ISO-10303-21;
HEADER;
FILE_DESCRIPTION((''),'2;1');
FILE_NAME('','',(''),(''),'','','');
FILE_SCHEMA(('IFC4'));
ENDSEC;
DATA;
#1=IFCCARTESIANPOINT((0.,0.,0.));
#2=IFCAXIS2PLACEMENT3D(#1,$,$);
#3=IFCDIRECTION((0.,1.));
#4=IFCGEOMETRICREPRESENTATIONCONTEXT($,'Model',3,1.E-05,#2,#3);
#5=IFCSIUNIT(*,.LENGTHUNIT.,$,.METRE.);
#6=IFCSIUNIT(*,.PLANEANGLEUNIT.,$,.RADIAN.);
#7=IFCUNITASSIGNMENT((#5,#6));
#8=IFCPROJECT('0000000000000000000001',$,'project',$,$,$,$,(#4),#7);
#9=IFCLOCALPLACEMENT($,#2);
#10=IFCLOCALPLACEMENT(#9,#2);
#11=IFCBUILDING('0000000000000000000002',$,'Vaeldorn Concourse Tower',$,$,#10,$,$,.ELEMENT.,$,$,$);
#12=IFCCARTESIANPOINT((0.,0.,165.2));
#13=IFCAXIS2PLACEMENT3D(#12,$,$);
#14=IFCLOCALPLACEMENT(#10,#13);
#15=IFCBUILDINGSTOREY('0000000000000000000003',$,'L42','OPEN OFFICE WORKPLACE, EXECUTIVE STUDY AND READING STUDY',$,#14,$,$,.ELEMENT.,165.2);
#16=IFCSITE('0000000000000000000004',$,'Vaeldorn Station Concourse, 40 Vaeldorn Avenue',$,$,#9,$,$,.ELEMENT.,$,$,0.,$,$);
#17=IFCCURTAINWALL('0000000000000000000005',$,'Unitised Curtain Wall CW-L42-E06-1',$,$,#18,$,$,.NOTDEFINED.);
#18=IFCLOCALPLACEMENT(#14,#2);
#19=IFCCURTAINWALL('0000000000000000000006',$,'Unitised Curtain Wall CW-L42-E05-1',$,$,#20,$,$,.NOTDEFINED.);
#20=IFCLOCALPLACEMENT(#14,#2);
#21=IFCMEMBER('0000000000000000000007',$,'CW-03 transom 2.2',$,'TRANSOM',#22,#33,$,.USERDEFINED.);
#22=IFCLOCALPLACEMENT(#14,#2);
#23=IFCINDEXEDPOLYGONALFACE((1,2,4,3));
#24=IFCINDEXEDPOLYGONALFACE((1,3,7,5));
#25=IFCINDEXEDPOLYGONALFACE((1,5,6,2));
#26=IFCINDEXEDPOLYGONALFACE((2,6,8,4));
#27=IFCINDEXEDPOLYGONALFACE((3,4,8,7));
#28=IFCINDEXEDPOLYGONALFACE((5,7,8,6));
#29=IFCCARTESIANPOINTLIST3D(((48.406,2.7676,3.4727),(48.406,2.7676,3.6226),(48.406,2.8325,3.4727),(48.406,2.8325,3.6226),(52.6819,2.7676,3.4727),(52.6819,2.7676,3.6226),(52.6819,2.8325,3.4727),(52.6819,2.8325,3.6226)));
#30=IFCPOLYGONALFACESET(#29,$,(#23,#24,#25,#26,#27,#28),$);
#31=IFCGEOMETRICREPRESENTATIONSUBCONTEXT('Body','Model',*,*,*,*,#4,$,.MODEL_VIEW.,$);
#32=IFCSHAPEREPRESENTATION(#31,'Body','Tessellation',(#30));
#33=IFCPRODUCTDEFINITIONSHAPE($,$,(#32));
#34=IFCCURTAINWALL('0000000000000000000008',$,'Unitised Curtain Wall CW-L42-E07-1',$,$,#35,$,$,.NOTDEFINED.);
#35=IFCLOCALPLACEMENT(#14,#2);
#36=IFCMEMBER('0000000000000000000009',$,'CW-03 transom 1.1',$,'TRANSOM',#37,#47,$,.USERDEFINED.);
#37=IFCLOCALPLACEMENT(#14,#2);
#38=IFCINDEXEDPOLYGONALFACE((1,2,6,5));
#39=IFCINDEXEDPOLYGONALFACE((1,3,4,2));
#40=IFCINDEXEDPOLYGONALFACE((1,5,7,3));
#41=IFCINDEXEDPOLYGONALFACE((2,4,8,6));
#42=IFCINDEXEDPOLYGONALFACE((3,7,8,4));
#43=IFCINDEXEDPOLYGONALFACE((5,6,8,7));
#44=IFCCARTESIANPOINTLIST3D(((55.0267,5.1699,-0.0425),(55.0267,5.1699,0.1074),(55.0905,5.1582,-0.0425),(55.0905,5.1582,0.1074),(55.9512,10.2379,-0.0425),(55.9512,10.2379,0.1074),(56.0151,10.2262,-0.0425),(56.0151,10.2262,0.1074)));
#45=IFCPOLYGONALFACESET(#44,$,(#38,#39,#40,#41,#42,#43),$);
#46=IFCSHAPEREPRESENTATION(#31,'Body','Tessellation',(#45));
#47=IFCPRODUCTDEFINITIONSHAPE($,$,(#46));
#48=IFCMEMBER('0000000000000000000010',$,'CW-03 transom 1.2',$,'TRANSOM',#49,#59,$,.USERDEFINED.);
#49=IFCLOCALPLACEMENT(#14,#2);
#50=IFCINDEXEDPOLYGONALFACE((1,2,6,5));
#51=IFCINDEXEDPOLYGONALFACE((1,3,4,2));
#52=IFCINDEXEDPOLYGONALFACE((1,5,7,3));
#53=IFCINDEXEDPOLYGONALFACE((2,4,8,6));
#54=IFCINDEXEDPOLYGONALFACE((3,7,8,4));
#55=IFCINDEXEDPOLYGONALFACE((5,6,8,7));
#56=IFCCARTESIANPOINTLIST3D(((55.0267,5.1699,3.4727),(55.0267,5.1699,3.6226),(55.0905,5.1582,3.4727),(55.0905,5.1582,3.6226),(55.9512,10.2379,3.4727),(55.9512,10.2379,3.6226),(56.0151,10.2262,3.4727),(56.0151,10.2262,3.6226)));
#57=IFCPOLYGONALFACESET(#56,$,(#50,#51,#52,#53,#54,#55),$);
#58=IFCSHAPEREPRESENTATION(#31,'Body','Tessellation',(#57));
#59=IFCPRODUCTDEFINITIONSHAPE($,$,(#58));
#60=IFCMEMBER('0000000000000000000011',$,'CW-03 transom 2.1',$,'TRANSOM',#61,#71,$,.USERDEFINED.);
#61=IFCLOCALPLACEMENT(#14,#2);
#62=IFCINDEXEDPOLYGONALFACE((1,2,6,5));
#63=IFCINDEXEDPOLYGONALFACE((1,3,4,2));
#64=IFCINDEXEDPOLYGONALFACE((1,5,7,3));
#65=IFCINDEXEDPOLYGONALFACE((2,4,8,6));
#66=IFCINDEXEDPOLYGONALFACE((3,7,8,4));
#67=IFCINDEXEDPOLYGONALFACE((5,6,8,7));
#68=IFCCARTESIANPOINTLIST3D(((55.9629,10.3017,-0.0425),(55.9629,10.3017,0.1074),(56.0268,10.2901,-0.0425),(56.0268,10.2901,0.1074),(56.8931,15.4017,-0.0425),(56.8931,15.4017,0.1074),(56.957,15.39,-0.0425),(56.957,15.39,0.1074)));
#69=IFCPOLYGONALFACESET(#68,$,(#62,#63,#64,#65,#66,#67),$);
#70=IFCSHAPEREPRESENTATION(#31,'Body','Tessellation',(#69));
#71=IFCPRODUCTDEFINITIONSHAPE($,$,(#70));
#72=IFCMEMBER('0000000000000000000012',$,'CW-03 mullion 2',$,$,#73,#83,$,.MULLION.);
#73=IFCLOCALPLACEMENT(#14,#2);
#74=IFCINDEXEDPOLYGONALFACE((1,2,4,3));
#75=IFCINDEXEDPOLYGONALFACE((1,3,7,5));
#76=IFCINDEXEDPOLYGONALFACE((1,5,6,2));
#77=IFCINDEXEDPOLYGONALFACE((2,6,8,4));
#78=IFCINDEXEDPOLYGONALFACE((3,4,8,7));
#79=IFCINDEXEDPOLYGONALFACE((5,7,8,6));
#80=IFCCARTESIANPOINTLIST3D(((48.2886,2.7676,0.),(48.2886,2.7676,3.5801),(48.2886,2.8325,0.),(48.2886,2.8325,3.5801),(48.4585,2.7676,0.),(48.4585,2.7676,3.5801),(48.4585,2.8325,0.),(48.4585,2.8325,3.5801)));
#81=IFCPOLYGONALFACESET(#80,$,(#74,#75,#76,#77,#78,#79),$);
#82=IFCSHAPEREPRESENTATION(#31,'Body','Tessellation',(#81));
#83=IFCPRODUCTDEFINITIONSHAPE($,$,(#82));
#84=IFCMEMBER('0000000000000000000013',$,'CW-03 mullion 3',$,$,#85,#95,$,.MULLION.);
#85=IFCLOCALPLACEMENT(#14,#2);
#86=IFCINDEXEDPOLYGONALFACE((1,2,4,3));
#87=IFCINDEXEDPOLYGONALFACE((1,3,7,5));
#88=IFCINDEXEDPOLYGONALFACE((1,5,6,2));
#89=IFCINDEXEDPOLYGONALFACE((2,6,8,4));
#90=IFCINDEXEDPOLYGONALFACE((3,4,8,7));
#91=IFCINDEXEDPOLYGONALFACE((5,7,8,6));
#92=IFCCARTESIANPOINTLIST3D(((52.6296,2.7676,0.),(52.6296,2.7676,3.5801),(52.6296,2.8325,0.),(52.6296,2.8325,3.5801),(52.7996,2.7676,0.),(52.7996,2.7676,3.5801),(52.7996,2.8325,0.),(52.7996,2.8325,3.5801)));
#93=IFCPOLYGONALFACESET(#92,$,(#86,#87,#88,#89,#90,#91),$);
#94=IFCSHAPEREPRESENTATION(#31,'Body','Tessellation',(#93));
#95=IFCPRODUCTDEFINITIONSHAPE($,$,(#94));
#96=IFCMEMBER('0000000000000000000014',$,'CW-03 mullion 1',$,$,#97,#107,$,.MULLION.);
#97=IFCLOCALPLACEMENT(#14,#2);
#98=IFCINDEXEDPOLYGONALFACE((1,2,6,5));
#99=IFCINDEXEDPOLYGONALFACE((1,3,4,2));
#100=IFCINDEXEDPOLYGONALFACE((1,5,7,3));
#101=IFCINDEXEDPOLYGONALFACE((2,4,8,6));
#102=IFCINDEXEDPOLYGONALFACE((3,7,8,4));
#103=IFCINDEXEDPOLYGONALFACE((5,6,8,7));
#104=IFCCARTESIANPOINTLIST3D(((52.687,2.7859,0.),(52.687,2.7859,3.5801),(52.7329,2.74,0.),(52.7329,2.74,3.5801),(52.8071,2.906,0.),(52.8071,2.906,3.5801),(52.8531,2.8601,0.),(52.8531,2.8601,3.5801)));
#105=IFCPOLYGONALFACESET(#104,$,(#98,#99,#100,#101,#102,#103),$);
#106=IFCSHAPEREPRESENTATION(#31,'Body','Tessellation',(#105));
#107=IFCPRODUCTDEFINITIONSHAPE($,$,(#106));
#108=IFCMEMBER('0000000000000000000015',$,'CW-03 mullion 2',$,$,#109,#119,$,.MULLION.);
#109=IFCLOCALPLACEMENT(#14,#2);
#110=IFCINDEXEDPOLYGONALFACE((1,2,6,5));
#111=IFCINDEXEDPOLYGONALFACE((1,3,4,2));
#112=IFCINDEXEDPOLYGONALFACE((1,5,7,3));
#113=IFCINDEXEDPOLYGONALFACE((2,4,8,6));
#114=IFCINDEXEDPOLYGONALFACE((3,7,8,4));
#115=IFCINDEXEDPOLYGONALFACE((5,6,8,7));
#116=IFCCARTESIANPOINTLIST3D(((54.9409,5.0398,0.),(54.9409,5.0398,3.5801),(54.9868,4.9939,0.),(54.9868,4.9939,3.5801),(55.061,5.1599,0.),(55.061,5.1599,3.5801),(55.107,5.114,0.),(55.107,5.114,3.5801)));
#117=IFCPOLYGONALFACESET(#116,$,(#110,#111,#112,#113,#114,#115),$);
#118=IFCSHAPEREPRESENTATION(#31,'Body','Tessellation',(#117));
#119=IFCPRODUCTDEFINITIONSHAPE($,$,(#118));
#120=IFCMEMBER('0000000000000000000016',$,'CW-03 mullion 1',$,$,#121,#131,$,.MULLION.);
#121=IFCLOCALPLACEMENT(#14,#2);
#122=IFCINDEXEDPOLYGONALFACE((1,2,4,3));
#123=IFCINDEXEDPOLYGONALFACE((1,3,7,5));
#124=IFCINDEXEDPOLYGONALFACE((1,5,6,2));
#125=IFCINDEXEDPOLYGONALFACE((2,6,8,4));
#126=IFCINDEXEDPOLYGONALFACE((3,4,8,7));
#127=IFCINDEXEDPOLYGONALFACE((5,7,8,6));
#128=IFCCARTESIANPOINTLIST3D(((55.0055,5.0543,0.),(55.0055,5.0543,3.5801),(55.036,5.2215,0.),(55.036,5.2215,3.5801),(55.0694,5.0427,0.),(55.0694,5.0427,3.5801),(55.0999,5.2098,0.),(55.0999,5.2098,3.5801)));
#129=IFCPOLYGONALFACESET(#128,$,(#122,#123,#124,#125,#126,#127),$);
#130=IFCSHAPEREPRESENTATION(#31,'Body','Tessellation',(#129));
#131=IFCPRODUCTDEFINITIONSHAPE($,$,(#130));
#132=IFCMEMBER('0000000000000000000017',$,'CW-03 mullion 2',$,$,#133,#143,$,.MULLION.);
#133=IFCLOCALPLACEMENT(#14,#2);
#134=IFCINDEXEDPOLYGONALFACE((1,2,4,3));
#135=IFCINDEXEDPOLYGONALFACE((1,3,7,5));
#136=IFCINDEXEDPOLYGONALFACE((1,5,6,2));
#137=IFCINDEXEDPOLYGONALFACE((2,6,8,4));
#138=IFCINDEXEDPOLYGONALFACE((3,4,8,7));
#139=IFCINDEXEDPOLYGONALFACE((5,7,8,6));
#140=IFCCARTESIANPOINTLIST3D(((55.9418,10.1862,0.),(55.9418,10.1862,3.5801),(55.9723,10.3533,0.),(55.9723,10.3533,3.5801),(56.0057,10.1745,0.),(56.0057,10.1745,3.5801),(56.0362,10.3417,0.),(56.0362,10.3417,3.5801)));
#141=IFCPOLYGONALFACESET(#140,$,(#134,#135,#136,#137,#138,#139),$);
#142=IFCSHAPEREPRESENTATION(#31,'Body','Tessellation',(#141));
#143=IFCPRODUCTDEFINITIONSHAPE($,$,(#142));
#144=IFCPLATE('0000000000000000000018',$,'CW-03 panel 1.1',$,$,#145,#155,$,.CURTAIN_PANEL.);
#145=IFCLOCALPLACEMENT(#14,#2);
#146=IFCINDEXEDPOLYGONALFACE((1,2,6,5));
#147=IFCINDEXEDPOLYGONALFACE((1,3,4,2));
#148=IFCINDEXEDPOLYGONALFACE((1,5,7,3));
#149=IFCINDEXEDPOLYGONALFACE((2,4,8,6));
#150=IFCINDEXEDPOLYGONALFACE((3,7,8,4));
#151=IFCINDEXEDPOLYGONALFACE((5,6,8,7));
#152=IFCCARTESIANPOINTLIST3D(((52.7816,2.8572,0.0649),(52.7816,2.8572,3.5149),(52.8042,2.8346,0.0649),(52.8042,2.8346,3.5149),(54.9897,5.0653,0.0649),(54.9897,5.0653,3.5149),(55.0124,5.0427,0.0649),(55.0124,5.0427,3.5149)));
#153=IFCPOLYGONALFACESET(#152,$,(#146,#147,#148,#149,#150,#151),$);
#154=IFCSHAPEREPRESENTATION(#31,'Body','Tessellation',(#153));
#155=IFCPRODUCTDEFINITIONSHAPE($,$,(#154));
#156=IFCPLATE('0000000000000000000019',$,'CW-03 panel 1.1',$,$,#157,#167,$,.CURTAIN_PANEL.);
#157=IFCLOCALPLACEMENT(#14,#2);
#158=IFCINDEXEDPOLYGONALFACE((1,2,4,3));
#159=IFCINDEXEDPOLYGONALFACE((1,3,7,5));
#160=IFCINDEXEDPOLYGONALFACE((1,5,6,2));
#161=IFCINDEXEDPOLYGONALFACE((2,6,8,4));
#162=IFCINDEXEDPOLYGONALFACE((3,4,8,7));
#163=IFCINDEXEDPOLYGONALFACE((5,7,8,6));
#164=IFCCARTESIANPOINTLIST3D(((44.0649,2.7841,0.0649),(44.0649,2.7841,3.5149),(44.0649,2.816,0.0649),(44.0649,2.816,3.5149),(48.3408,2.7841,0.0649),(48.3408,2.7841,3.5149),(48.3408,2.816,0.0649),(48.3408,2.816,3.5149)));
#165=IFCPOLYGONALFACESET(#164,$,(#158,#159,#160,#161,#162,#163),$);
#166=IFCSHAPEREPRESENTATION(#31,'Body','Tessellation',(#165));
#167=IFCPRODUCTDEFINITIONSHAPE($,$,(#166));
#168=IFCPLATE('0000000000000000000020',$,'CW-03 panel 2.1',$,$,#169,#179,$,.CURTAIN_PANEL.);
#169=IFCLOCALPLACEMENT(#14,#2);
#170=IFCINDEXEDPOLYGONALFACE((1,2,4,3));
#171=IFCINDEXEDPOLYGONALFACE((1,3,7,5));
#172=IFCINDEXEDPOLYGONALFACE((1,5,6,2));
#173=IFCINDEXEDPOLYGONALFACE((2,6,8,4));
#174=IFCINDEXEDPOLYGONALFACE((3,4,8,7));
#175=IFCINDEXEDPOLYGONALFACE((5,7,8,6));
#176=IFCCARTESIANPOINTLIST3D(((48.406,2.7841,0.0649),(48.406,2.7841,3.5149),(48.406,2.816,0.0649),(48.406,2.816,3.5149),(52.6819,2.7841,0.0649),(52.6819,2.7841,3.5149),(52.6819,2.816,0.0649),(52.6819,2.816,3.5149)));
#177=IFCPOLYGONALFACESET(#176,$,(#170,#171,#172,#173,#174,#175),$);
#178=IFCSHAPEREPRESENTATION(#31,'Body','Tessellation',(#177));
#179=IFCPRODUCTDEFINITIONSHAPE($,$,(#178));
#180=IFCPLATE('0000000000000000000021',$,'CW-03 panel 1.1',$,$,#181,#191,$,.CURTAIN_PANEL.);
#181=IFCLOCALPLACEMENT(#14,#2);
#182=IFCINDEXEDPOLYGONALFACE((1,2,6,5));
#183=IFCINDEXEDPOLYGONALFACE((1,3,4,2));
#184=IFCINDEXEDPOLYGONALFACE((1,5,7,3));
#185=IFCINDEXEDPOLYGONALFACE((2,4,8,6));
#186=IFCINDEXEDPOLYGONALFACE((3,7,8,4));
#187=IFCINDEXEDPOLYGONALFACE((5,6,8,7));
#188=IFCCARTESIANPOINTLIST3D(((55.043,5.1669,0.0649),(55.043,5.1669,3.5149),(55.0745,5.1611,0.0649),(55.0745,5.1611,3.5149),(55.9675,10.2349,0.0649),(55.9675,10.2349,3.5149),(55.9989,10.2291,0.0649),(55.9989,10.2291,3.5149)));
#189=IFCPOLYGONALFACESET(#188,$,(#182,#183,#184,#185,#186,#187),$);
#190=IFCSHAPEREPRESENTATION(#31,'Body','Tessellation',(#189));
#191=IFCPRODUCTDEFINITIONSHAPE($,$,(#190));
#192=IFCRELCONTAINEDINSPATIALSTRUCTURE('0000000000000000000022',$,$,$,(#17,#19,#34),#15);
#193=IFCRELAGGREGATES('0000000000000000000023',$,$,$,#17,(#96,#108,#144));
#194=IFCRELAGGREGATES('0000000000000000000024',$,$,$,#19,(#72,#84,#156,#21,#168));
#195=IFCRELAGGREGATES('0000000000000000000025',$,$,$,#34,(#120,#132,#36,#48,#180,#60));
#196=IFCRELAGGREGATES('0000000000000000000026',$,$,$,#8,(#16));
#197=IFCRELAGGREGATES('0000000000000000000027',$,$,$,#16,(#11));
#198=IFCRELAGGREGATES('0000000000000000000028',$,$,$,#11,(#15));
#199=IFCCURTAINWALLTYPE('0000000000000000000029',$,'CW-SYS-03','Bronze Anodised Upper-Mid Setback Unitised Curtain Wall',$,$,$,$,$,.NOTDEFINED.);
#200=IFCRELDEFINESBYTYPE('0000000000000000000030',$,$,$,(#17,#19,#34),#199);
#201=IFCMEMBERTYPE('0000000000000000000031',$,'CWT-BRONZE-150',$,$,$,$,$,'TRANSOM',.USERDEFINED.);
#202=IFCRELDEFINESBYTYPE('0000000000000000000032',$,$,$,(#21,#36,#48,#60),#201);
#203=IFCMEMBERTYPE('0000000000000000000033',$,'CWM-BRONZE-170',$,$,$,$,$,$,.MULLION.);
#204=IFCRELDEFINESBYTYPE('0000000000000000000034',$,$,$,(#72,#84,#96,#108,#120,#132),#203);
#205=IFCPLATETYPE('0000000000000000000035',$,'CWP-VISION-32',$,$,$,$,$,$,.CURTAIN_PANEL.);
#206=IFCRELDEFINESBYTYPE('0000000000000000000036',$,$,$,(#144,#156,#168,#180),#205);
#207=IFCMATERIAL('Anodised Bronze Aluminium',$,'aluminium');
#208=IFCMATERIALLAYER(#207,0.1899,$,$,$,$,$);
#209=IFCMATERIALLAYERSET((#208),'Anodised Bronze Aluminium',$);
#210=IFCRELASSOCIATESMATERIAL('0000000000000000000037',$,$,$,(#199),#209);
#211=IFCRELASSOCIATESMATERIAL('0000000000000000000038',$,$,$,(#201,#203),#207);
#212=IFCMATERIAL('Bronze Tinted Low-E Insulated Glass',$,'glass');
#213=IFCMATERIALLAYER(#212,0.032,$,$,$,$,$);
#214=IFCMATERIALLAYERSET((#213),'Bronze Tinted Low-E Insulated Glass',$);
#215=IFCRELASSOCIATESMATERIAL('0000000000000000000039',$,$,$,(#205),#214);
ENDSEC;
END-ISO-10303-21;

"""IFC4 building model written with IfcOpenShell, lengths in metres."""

from ifc_helpers import new_model, si_unit, direction, frame, origin, origin_2d, place, context, subcontext, project, spatial, rectangle, extrude, source, transform, mapped, material, layer, layer_set, material_profile, profile_set, type_object, element, aggregate, save


model = new_model("IFC4")

# Units and contexts
model_context = context("Model", 3, precision=1e-05, world=origin(), true_north=direction((0.0, 1.0)))
body_context = subcontext(model_context, "Body", "Model", "MODEL_VIEW")
ifc_project = project(units=[si_unit("LENGTHUNIT", "METRE"), si_unit("PLANEANGLEUNIT", "RADIAN")], contexts=[model_context])

# Site, building, storey
site_placement = place(None, origin())
site = spatial("IfcSite", under=ifc_project, at=site_placement, Name="Vaeldorn Station Concourse, 40 Vaeldorn Avenue", CompositionType="ELEMENT", RefElevation=0.0)
building_placement = place(site_placement, origin())
building = spatial("IfcBuilding", under=site, at=building_placement, Name="Vaeldorn Concourse Tower", CompositionType="ELEMENT")
storey_placement = place(building_placement, frame((0.0, 0.0, 165.2)))
storey = spatial("IfcBuildingStorey", under=building, at=storey_placement, Name="L42", Description="OPEN OFFICE WORKPLACE, EXECUTIVE STUDY AND READING STUDY", CompositionType="ELEMENT", Elevation=165.2)

# Curtain walls, members
ifc_material_1 = material(Name="Anodised Bronze Aluminium", Category="aluminium")
ifc_layer_1 = layer(ifc_material_1, 0.1899)
ifc_layer_set_1 = layer_set([ifc_layer_1], Name="Anodised Bronze Aluminium")
curtain_wall_type = type_object("IfcCurtainWallType", Name="CW-SYS-03", Description="Bronze Anodised Upper-Mid Setback Unitised Curtain Wall", PredefinedType="NOTDEFINED", material=ifc_layer_set_1)
curtain_wall_1_placement = place(storey_placement, origin())
curtain_wall_1 = element("IfcCurtainWall", 1, at=curtain_wall_1_placement, inside=storey, type_object=curtain_wall_type, Name="Unitised Curtain Wall CW-L42-E06-1", PredefinedType="NOTDEFINED")
ifc_material_profile_1 = material_profile(ifc_material_1, rectangle(XDim=0.0649, YDim=0.1499, at=origin_2d()), Name="CWT 65x150")
ifc_profile_set_1 = profile_set([ifc_material_profile_1], Name="Anodised Bronze Aluminium")
member_type_1 = type_object("IfcMemberType", Name="CWT-BRONZE-150", ElementType="TRANSOM", PredefinedType="USERDEFINED", material=ifc_profile_set_1)
curtain_wall_2_placement = place(storey_placement, origin())
curtain_wall_2 = element("IfcCurtainWall", 2, at=curtain_wall_2_placement, inside=storey, type_object=curtain_wall_type, Name="Unitised Curtain Wall CW-L42-E05-1", PredefinedType="NOTDEFINED")
shared_shape_1 = source(origin(), body_context, "Body", "SweptSolid", [
    extrude(rectangle(XDim=0.0649, YDim=0.1499, at=origin_2d()), origin(), (0.0, 0.0, 1.0), 4.2759),
])
member_1_placement = place(storey_placement, frame((48.406, 2.8, 3.5476), z_axis=(1.0, 0.0, 0.0), x_axis=(0.0, 1.0, 0.0)))
member_1 = element("IfcMember", 3, at=member_1_placement, type_object=member_type_1, Name="CW-03 transom 2.2", ObjectType="TRANSOM", PredefinedType="USERDEFINED", context=body_context, shape_type="MappedRepresentation", body=[
    mapped(shared_shape_1, transform((0.0, 0.0, 0.0), scale=1.0)),
])
curtain_wall_3_placement = place(storey_placement, origin())
curtain_wall_3 = element("IfcCurtainWall", 4, at=curtain_wall_3_placement, inside=storey, type_object=curtain_wall_type, Name="Unitised Curtain Wall CW-L42-E07-1", PredefinedType="NOTDEFINED")
shared_shape_2 = source(origin(), body_context, "Body", "SweptSolid", [
    extrude(rectangle(XDim=0.0649, YDim=0.1499, at=origin_2d()), origin(), (0.0, 0.0, 1.0), 5.1516),
])
member_2_placement = place(storey_placement, frame((55.0586, 5.1641, 0.0325), z_axis=(0.179473, 0.983763, 0.0), x_axis=(-0.983763, 0.179473, 0.0)))
member_2 = element("IfcMember", 5, at=member_2_placement, type_object=member_type_1, Name="CW-03 transom 1.1", ObjectType="TRANSOM", PredefinedType="USERDEFINED", context=body_context, shape_type="MappedRepresentation", body=[
    mapped(shared_shape_2, transform((0.0, 0.0, 0.0), scale=1.0)),
])
member_3_placement = place(storey_placement, frame((55.0586, 5.1641, 3.5476), z_axis=(0.179473, 0.983763, 0.0), x_axis=(-0.983763, 0.179473, 0.0)))
member_3 = element("IfcMember", 6, at=member_3_placement, type_object=member_type_1, Name="CW-03 transom 1.2", ObjectType="TRANSOM", PredefinedType="USERDEFINED", context=body_context, shape_type="MappedRepresentation", body=[
    mapped(shared_shape_2, transform((0.0, 0.0, 0.0), scale=1.0)),
])
shared_shape_3 = source(origin(), body_context, "Body", "SweptSolid", [
    extrude(rectangle(XDim=0.0649, YDim=0.1499, at=origin_2d()), origin(), (0.0, 0.0, 1.0), 5.1841),
])
member_4_placement = place(storey_placement, frame((55.9949, 10.2959, 0.0325), z_axis=(0.179432, 0.98377, 0.0), x_axis=(-0.98377, 0.179432, 0.0)))
member_4 = element("IfcMember", 7, at=member_4_placement, type_object=member_type_1, Name="CW-03 transom 2.1", ObjectType="TRANSOM", PredefinedType="USERDEFINED", context=body_context, shape_type="MappedRepresentation", body=[
    mapped(shared_shape_3, transform((0.0, 0.0, 0.0), scale=1.0)),
])

# Members
ifc_material_profile_2 = material_profile(ifc_material_1, rectangle(XDim=0.0649, YDim=0.1699, at=origin_2d()), Name="CWM 65x170")
ifc_profile_set_2 = profile_set([ifc_material_profile_2], Name="Anodised Bronze Aluminium")
member_type_2 = type_object("IfcMemberType", Name="CWM-BRONZE-170", PredefinedType="MULLION", material=ifc_profile_set_2)
shared_shape_4 = source(origin(), body_context, "Body", "SweptSolid", [
    extrude(rectangle(XDim=0.0649, YDim=0.1699, at=origin_2d()), origin(), (0.0, 0.0, 1.0), 3.5801),
])
member_5_placement = place(storey_placement, frame((48.3735, 2.8, 0.0), z_axis=(0.0, 0.0, 1.0), x_axis=(0.0, 1.0, 0.0)))
member_5 = element("IfcMember", 8, at=member_5_placement, type_object=member_type_2, Name="CW-03 mullion 2", PredefinedType="MULLION", context=body_context, shape_type="MappedRepresentation", body=[
    mapped(shared_shape_4, transform((0.0, 0.0, 0.0), scale=1.0)),
])
member_6_placement = place(storey_placement, frame((52.7146, 2.8, 0.0), z_axis=(0.0, 0.0, 1.0), x_axis=(0.0, 1.0, 0.0)))
member_6 = element("IfcMember", 9, at=member_6_placement, type_object=member_type_2, Name="CW-03 mullion 3", PredefinedType="MULLION", context=body_context, shape_type="MappedRepresentation", body=[
    mapped(shared_shape_4, transform((0.0, 0.0, 0.0), scale=1.0)),
])
member_7_placement = place(storey_placement, frame((52.77, 2.823, 0.0), z_axis=(0.0, 0.0, 1.0), x_axis=(-0.707107, 0.707107, 0.0)))
member_7 = element("IfcMember", 10, at=member_7_placement, type_object=member_type_2, Name="CW-03 mullion 1", PredefinedType="MULLION", context=body_context, shape_type="MappedRepresentation", body=[
    mapped(shared_shape_4, transform((0.0, 0.0, 0.0), scale=1.0)),
])
member_8_placement = place(storey_placement, frame((55.0239, 5.0769, 0.0), z_axis=(0.0, 0.0, 1.0), x_axis=(-0.707107, 0.707107, 0.0)))
member_8 = element("IfcMember", 11, at=member_8_placement, type_object=member_type_2, Name="CW-03 mullion 2", PredefinedType="MULLION", context=body_context, shape_type="MappedRepresentation", body=[
    mapped(shared_shape_4, transform((0.0, 0.0, 0.0), scale=1.0)),
])
member_9_placement = place(storey_placement, frame((55.0527, 5.1321, 0.0), z_axis=(0.0, 0.0, 1.0), x_axis=(-0.983768, 0.179446, 0.0)))
member_9 = element("IfcMember", 12, at=member_9_placement, type_object=member_type_2, Name="CW-03 mullion 1", PredefinedType="MULLION", context=body_context, shape_type="MappedRepresentation", body=[
    mapped(shared_shape_4, transform((0.0, 0.0, 0.0), scale=1.0)),
])
member_10_placement = place(storey_placement, frame((55.989, 10.2639, 0.0), z_axis=(0.0, 0.0, 1.0), x_axis=(-0.983768, 0.179446, 0.0)))
member_10 = element("IfcMember", 13, at=member_10_placement, type_object=member_type_2, Name="CW-03 mullion 2", PredefinedType="MULLION", context=body_context, shape_type="MappedRepresentation", body=[
    mapped(shared_shape_4, transform((0.0, 0.0, 0.0), scale=1.0)),
])

# Plates
ifc_material_2 = material(Name="Bronze Tinted Low-E Insulated Glass", Category="glass")
ifc_layer_2 = layer(ifc_material_2, 0.032)
ifc_layer_set_2 = layer_set([ifc_layer_2], Name="Bronze Tinted Low-E Insulated Glass")
plate_type = type_object("IfcPlateType", Name="CWP-VISION-32", PredefinedType="CURTAIN_PANEL", material=ifc_layer_set_2)
shared_shape_5 = source(origin(), body_context, "Body", "SweptSolid", [
    extrude(rectangle(XDim=3.1228, YDim=0.032, at=origin_2d()), origin(), (0.0, 0.0, 1.0), 3.45),
])
plate_1_placement = place(storey_placement, frame((53.897, 3.95, 0.0649), z_axis=(0.0, 0.0, 1.0), x_axis=(0.707107, 0.707107, 0.0)))
plate_1 = element("IfcPlate", 14, at=plate_1_placement, type_object=plate_type, Name="CW-03 panel 1.1", PredefinedType="CURTAIN_PANEL", context=body_context, shape_type="MappedRepresentation", body=[
    mapped(shared_shape_5, transform((0.0, 0.0, 0.0), scale=1.0)),
])
aggregate(curtain_wall_1, [member_7, member_8, plate_1])
shared_shape_6 = source(origin(), body_context, "Body", "SweptSolid", [
    extrude(rectangle(XDim=4.2759, YDim=0.032, at=origin_2d()), origin(), (0.0, 0.0, 1.0), 3.45),
])
plate_2_placement = place(storey_placement, frame((46.2029, 2.8, 0.0649), z_axis=(0.0, 0.0, 1.0), x_axis=(1.0, 0.0, 0.0)))
plate_2 = element("IfcPlate", 15, at=plate_2_placement, type_object=plate_type, Name="CW-03 panel 1.1", PredefinedType="CURTAIN_PANEL", context=body_context, shape_type="MappedRepresentation", body=[
    mapped(shared_shape_6, transform((0.0, 0.0, 0.0), scale=1.0)),
])
plate_3_placement = place(storey_placement, frame((50.5439, 2.8, 0.0649), z_axis=(0.0, 0.0, 1.0), x_axis=(1.0, 0.0, 0.0)))
plate_3 = element("IfcPlate", 16, at=plate_3_placement, type_object=plate_type, Name="CW-03 panel 2.1", PredefinedType="CURTAIN_PANEL", context=body_context, shape_type="MappedRepresentation", body=[
    mapped(shared_shape_6, transform((0.0, 0.0, 0.0), scale=1.0)),
])
aggregate(curtain_wall_2, [member_5, member_6, plate_2, member_1, plate_3])
shared_shape_7 = source(origin(), body_context, "Body", "SweptSolid", [
    extrude(rectangle(XDim=5.1516, YDim=0.032, at=origin_2d()), origin(), (0.0, 0.0, 1.0), 3.45),
])
plate_4_placement = place(storey_placement, frame((55.521, 7.698, 0.0649), z_axis=(0.0, 0.0, 1.0), x_axis=(0.179446, 0.983768, 0.0)))
plate_4 = element("IfcPlate", 17, at=plate_4_placement, type_object=plate_type, Name="CW-03 panel 1.1", PredefinedType="CURTAIN_PANEL", context=body_context, shape_type="MappedRepresentation", body=[
    mapped(shared_shape_7, transform((0.0, 0.0, 0.0), scale=1.0)),
])
aggregate(curtain_wall_3, [member_9, member_10, member_2, member_3, plate_4, member_4])

save(model, "model.ifc")
